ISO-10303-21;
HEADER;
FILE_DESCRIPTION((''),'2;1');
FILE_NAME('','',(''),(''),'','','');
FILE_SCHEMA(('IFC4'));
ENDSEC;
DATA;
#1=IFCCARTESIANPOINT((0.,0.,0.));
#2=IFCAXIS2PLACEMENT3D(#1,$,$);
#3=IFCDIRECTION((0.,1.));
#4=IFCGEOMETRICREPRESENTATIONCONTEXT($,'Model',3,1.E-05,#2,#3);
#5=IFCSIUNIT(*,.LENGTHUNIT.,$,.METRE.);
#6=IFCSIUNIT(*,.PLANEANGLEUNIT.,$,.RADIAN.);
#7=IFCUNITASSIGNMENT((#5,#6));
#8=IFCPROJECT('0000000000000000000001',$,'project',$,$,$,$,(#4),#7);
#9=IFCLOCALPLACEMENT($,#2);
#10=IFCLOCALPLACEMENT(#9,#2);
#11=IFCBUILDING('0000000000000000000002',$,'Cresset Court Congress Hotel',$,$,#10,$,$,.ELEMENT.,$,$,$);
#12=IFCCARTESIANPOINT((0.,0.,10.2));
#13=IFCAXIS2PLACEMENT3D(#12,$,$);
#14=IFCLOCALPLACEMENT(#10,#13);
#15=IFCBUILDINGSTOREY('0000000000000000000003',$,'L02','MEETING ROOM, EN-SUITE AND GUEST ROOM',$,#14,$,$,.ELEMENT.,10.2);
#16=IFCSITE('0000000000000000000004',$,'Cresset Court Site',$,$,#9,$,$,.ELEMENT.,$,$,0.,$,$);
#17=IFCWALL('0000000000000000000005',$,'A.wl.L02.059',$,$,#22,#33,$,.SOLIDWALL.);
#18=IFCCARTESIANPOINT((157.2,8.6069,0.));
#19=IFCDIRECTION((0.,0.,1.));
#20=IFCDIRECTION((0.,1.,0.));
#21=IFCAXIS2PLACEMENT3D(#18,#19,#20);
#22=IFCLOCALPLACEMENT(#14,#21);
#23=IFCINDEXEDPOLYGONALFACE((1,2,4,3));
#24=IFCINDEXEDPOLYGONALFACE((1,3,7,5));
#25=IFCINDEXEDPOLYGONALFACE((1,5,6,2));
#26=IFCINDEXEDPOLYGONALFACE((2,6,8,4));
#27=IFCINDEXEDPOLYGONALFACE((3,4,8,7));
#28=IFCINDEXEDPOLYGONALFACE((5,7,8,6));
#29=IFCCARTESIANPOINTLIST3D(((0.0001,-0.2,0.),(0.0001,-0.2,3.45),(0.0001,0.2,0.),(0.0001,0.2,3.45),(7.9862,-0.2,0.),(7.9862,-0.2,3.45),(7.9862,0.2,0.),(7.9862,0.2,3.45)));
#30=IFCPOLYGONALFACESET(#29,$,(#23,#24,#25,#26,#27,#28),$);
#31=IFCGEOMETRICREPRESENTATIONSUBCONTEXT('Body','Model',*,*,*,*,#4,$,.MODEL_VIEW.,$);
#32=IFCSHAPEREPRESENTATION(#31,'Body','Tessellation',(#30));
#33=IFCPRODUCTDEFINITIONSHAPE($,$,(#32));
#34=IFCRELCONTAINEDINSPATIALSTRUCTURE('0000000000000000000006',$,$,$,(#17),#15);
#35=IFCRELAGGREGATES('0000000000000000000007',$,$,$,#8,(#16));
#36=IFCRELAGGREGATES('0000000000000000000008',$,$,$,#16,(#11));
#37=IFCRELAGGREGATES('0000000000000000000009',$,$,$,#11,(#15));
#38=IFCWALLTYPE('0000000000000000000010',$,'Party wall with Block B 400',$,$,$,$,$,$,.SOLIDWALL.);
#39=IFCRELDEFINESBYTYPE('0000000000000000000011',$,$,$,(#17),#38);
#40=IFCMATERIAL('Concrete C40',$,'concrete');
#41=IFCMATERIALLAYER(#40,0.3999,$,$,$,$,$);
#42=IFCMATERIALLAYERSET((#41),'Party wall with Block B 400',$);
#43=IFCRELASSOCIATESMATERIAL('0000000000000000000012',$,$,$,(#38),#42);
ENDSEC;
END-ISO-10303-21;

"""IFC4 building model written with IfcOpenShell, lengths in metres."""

from ifc_helpers import new_model, si_unit, direction, frame, frame_2d, origin, place, context, subcontext, project, spatial, rectangle, extrude, material, layer, layer_set, type_object, element, save


model = new_model("IFC4")

# Units and contexts
model_context = context("Model", 3, precision=1e-05, world=origin(), true_north=direction((0.0, 1.0)))
body_context = subcontext(model_context, "Body", "Model", "MODEL_VIEW")
ifc_project = project(units=[si_unit("LENGTHUNIT", "METRE"), si_unit("PLANEANGLEUNIT", "RADIAN")], contexts=[model_context])

# Site, building, storey
site_placement = place(None, origin())
site = spatial("IfcSite", under=ifc_project, at=site_placement, Name="Cresset Court Site", CompositionType="ELEMENT", RefElevation=0.0)
building_placement = place(site_placement, origin())
building = spatial("IfcBuilding", under=site, at=building_placement, Name="Cresset Court Congress Hotel", CompositionType="ELEMENT")
storey_placement = place(building_placement, frame((0.0, 0.0, 10.2)))
storey = spatial("IfcBuildingStorey", under=building, at=storey_placement, Name="L02", Description="MEETING ROOM, EN-SUITE AND GUEST ROOM", CompositionType="ELEMENT", Elevation=10.2)

# Wall
ifc_material_1 = material(Name="Concrete C40", Category="concrete")
ifc_layer_1 = layer(ifc_material_1, 0.3999)
ifc_layer_set_1 = layer_set([ifc_layer_1], Name="Party wall with Block B 400")
wall_type_1 = type_object("IfcWallType", Name="Party wall with Block B 400", PredefinedType="SOLIDWALL", material=ifc_layer_set_1)
wall_1_placement = place(storey_placement, frame((157.2, 8.6069, 0.0), z_axis=(0.0, 0.0, 1.0), x_axis=(0.0, 1.0, 0.0)))
element("IfcWall", 1, at=wall_1_placement, inside=storey, type_object=wall_type_1, Name="A.wl.L02.059", PredefinedType="SOLIDWALL", context=body_context, shape_type="SweptSolid", body=[
    extrude(rectangle(XDim=7.9861, YDim=0.3999, at=frame_2d((3.9932, 0.0))), origin(), (0.0, 0.0, 1.0), 3.45),
])

save(model, "model.ifc")
